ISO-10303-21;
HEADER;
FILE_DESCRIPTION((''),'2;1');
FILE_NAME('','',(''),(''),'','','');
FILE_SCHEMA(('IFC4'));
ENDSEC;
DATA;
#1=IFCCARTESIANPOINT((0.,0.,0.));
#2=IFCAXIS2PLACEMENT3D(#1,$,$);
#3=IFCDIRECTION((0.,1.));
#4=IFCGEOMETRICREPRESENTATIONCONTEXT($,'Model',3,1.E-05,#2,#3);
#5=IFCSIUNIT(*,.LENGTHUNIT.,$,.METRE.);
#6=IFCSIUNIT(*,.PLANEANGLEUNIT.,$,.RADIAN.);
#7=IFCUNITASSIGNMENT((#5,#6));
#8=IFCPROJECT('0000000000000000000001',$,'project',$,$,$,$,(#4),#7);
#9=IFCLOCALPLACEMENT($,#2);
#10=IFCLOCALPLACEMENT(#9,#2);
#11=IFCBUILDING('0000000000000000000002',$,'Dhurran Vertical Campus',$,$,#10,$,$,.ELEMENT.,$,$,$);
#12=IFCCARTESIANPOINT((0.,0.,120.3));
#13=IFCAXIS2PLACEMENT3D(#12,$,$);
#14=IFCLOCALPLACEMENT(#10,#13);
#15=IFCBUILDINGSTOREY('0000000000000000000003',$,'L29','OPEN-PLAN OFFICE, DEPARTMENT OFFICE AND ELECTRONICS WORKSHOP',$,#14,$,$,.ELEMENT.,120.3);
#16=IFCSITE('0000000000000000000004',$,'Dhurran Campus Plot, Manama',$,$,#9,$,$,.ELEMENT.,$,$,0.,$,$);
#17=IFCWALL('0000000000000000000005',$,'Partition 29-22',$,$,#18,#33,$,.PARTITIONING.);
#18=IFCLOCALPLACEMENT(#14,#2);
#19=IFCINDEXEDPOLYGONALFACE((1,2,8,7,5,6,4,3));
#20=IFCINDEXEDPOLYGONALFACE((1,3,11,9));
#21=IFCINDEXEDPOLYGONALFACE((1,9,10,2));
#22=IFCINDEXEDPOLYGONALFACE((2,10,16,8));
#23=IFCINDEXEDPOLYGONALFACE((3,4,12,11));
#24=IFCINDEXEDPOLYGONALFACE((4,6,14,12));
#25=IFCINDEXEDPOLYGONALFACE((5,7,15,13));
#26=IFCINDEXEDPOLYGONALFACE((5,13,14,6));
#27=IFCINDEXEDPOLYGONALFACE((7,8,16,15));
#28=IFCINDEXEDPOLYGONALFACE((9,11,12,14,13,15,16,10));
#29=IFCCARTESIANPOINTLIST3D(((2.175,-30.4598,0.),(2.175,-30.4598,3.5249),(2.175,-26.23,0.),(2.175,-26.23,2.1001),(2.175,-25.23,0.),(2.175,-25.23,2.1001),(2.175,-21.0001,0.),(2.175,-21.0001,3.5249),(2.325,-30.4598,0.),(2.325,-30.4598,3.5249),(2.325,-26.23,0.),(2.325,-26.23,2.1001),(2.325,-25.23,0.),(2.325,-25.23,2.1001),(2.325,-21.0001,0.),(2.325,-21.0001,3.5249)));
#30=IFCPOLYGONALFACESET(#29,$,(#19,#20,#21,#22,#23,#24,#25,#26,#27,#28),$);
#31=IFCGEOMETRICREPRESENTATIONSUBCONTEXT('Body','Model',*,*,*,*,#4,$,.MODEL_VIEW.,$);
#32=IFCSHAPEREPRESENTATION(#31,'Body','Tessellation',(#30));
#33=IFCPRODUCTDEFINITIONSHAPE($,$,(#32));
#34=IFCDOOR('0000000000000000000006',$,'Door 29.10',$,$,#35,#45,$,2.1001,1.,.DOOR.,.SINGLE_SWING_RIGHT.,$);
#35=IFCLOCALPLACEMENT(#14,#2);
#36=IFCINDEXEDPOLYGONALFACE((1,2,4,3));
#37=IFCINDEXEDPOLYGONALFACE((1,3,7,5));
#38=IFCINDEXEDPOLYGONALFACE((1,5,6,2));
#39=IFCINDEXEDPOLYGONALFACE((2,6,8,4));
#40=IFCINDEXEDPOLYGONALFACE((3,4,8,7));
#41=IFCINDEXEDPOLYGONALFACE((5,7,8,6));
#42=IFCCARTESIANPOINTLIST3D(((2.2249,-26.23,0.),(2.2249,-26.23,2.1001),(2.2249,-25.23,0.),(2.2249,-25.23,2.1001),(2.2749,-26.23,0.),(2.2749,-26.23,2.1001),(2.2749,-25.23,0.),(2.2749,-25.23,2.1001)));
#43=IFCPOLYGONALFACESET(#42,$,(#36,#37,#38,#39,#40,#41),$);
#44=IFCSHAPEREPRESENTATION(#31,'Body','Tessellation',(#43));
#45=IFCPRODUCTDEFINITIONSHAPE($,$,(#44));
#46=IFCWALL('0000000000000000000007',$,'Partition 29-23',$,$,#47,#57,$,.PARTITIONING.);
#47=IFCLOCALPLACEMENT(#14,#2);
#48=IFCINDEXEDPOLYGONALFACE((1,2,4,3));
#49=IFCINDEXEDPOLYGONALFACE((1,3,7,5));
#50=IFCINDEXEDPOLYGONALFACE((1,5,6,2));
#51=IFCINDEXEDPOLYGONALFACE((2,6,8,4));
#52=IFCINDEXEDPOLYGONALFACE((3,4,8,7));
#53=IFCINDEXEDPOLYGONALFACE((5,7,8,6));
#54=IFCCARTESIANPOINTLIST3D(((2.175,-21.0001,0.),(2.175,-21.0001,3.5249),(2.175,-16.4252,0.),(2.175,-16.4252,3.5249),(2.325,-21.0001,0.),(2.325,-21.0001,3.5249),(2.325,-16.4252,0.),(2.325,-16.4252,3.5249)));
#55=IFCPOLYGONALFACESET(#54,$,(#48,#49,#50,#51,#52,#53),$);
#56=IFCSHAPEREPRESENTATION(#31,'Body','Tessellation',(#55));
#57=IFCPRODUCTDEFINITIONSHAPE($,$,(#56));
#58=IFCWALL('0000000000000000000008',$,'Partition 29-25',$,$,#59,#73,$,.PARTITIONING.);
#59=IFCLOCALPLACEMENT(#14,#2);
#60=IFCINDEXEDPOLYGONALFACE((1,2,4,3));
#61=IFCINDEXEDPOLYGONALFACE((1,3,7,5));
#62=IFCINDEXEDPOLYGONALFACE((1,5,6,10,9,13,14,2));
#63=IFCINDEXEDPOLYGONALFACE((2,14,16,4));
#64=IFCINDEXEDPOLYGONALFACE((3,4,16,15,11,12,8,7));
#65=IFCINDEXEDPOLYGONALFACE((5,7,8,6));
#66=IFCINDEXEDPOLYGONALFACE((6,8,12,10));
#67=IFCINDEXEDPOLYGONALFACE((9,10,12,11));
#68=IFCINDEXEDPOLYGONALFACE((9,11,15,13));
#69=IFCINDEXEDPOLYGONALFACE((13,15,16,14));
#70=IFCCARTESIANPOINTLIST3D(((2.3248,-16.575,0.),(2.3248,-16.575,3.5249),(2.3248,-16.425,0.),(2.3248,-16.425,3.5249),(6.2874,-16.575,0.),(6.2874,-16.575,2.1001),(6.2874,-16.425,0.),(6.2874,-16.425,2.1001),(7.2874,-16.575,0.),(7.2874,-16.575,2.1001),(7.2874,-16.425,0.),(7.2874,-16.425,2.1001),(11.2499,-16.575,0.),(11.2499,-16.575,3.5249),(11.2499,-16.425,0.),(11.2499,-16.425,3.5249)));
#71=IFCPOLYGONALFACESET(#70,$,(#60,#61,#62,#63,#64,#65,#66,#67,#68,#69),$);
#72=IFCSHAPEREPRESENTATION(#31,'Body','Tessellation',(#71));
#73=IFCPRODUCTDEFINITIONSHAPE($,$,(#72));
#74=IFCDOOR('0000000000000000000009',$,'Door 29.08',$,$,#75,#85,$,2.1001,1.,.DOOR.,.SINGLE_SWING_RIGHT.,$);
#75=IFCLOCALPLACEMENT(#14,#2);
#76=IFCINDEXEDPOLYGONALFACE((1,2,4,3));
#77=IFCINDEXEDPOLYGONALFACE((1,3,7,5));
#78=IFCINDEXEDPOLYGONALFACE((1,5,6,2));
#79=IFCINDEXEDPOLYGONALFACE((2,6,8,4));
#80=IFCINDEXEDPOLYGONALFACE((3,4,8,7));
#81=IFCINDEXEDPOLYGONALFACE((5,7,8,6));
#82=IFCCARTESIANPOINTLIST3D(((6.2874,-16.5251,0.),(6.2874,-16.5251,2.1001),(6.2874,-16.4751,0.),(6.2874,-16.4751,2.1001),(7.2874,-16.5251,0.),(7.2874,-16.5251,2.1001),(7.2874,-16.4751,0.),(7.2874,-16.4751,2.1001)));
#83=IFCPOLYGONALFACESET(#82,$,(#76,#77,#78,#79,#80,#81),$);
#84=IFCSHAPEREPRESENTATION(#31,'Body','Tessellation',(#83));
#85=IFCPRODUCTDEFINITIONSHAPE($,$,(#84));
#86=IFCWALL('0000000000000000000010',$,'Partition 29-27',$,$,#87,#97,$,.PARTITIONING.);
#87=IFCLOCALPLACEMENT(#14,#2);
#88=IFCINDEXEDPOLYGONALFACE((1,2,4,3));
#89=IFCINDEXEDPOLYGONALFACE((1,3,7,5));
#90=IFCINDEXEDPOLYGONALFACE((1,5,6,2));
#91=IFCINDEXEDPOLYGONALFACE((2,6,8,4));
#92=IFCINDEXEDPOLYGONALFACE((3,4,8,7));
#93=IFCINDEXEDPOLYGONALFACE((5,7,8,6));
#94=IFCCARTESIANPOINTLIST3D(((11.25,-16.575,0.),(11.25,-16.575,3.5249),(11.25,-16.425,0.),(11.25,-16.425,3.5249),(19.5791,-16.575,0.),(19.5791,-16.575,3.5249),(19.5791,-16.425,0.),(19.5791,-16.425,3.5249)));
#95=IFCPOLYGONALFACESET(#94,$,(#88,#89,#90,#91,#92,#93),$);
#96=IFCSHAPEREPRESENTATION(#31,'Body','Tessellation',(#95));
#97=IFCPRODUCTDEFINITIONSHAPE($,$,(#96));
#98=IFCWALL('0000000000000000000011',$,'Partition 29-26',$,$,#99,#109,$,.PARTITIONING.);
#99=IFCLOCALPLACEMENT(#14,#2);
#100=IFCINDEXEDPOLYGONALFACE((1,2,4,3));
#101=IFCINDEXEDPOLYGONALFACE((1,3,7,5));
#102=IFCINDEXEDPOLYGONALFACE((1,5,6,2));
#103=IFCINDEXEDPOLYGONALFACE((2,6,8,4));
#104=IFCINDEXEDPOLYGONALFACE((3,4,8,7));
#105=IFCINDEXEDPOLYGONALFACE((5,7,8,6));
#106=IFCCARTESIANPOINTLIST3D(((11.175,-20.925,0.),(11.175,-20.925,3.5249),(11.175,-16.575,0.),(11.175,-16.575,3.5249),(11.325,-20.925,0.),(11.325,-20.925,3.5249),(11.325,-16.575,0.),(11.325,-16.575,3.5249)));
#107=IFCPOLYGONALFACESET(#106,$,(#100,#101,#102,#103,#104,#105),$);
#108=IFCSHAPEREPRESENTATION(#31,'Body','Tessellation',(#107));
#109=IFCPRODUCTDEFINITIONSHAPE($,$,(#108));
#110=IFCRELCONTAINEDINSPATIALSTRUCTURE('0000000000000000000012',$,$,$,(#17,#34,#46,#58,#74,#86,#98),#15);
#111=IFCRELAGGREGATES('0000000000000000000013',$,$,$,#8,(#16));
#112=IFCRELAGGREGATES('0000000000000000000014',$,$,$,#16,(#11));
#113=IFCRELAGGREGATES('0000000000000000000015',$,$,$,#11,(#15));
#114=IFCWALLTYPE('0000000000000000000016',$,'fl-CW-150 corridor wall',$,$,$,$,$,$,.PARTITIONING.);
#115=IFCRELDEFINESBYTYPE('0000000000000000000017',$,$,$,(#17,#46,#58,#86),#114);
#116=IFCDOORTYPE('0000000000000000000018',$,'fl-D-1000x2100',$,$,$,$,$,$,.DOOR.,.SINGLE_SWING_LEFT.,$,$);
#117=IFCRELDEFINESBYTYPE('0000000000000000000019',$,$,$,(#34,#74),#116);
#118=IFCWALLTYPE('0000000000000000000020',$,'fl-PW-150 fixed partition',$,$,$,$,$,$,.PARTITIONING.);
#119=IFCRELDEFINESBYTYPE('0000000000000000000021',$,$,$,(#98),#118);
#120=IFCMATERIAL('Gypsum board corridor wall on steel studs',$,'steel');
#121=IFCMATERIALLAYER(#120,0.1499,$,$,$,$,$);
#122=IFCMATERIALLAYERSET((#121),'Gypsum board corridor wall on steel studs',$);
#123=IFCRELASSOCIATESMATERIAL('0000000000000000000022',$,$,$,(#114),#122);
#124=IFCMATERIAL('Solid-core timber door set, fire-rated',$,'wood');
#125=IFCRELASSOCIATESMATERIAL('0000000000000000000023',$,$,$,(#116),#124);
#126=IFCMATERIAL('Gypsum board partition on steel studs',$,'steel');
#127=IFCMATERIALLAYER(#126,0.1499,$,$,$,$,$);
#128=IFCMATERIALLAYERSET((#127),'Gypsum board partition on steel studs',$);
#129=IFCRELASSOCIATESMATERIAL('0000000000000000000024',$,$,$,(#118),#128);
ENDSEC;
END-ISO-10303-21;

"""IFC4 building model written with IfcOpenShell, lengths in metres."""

from ifc_helpers import new_model, si_unit, direction, frame, frame_2d, origin, place, context, subcontext, project, spatial, rectangle, extrude, material, layer, layer_set, type_object, element, fill, save


model = new_model("IFC4")

# Units and contexts
model_context = context("Model", 3, precision=1e-05, world=origin(), true_north=direction((0.0, 1.0)))
body_context = subcontext(model_context, "Body", "Model", "MODEL_VIEW")
ifc_project = project(units=[si_unit("LENGTHUNIT", "METRE"), si_unit("PLANEANGLEUNIT", "RADIAN")], contexts=[model_context])

# Site, building, storey
site_placement = place(None, origin())
site = spatial("IfcSite", under=ifc_project, at=site_placement, Name="Dhurran Campus Plot, Manama", CompositionType="ELEMENT", RefElevation=0.0)
building_placement = place(site_placement, origin())
building = spatial("IfcBuilding", under=site, at=building_placement, Name="Dhurran Vertical Campus", CompositionType="ELEMENT")
storey_placement = place(building_placement, frame((0.0, 0.0, 120.3)))
storey = spatial("IfcBuildingStorey", under=building, at=storey_placement, Name="L29", Description="OPEN-PLAN OFFICE, DEPARTMENT OFFICE AND ELECTRONICS WORKSHOP", CompositionType="ELEMENT", Elevation=120.3)

# Wall, opening, door
ifc_material_1 = material(Name="Gypsum board corridor wall on steel studs", Category="steel")
ifc_layer_1 = layer(ifc_material_1, 0.1499)
ifc_layer_set_1 = layer_set([ifc_layer_1], Name="Gypsum board corridor wall on steel studs")
wall_type_1 = type_object("IfcWallType", Name="fl-CW-150 corridor wall", PredefinedType="PARTITIONING", material=ifc_layer_set_1)
wall_1_placement = place(storey_placement, frame((2.25, -21.0, 0.0), z_axis=(0.0, 0.0, 1.0), x_axis=(0.0, -1.0, 0.0)))
wall_1 = element("IfcWall", 1, at=wall_1_placement, inside=storey, type_object=wall_type_1, Name="Partition 29-22", PredefinedType="PARTITIONING", context=body_context, shape_type="SweptSolid", body=[
    extrude(rectangle(XDim=9.4597, YDim=0.1499, at=frame_2d((4.73, 0.0))), origin(), (0.0, 0.0, 1.0), 3.5249),
])
opening_1_placement = place(wall_1_placement, frame((4.23, 0.0, 0.0)))
opening_1 = element("IfcOpeningElement", 2, at=opening_1_placement, cuts=wall_1, PredefinedType="OPENING", context=body_context, shape_type="SweptSolid", body=[
    extrude(rectangle(XDim=1.0, YDim=2.1001, at=frame_2d((0.5, 1.05))), frame((0.0, 0.085, 0.0), z_axis=(0.0, -1.0, 0.0), x_axis=(1.0, 0.0, 0.0)), (0.0, 0.0, 1.0), 0.1699),
])
ifc_material_2 = material(Name="Solid-core timber door set, fire-rated", Category="wood")
door_type_1 = type_object("IfcDoorType", Name="fl-D-1000x2100", OperationType="SINGLE_SWING_LEFT", PredefinedType="DOOR", material=ifc_material_2)
door_1_placement = place(opening_1_placement, origin())
door_1 = element("IfcDoor", 3, at=door_1_placement, inside=storey, type_object=door_type_1, Name="Door 29.10", OperationType="SINGLE_SWING_RIGHT", OverallHeight=2.1001, OverallWidth=1.0, PredefinedType="DOOR", context=body_context, shape_type="SweptSolid", body=[
    extrude(rectangle(XDim=1.0, YDim=2.1001, at=frame_2d((0.5, 1.05))), frame((0.0, 0.0249, 0.0), z_axis=(0.0, -1.0, 0.0), x_axis=(1.0, 0.0, 0.0)), (0.0, 0.0, 1.0), 0.05),
])
fill(opening_1, door_1)

# Wall
wall_2_placement = place(storey_placement, frame((2.25, -16.425, 0.0), z_axis=(0.0, 0.0, 1.0), x_axis=(0.0, -1.0, 0.0)))
element("IfcWall", 4, at=wall_2_placement, inside=storey, type_object=wall_type_1, Name="Partition 29-23", PredefinedType="PARTITIONING", context=body_context, shape_type="SweptSolid", body=[
    extrude(rectangle(XDim=4.575, YDim=0.1499, at=frame_2d((2.2876, 0.0))), origin(), (0.0, 0.0, 1.0), 3.5249),
])

# Wall, opening, door
wall_3_placement = place(storey_placement, frame((2.325, -16.5, 0.0), z_axis=(0.0, 0.0, 1.0), x_axis=(1.0, 0.0, 0.0)))
wall_3 = element("IfcWall", 5, at=wall_3_placement, inside=storey, type_object=wall_type_1, Name="Partition 29-25", PredefinedType="PARTITIONING", context=body_context, shape_type="SweptSolid", body=[
    extrude(rectangle(XDim=8.925, YDim=0.1499, at=frame_2d((4.4624, 0.0))), origin(), (0.0, 0.0, 1.0), 3.5249),
])
opening_2_placement = place(wall_3_placement, frame((3.9624, 0.0, 0.0)))
opening_2 = element("IfcOpeningElement", 6, at=opening_2_placement, cuts=wall_3, PredefinedType="OPENING", context=body_context, shape_type="SweptSolid", body=[
    extrude(rectangle(XDim=1.0, YDim=2.1001, at=frame_2d((0.5, 1.05))), frame((0.0, 0.085, 0.0), z_axis=(0.0, -1.0, 0.0), x_axis=(1.0, 0.0, 0.0)), (0.0, 0.0, 1.0), 0.1699),
])
door_2_placement = place(opening_2_placement, origin())
door_2 = element("IfcDoor", 7, at=door_2_placement, inside=storey, type_object=door_type_1, Name="Door 29.08", OperationType="SINGLE_SWING_RIGHT", OverallHeight=2.1001, OverallWidth=1.0, PredefinedType="DOOR", context=body_context, shape_type="SweptSolid", body=[
    extrude(rectangle(XDim=1.0, YDim=2.1001, at=frame_2d((0.5, 1.05))), frame((0.0, 0.0249, 0.0), z_axis=(0.0, -1.0, 0.0), x_axis=(1.0, 0.0, 0.0)), (0.0, 0.0, 1.0), 0.05),
])
fill(opening_2, door_2)

# Walls
wall_4_placement = place(storey_placement, frame((11.25, -16.5, 0.0), z_axis=(0.0, 0.0, 1.0), x_axis=(1.0, 0.0, 0.0)))
element("IfcWall", 8, at=wall_4_placement, inside=storey, type_object=wall_type_1, Name="Partition 29-27", PredefinedType="PARTITIONING", context=body_context, shape_type="SweptSolid", body=[
    extrude(rectangle(XDim=8.3291, YDim=0.1499, at=frame_2d((4.1646, 0.0))), origin(), (0.0, 0.0, 1.0), 3.5249),
])
ifc_material_3 = material(Name="Gypsum board partition on steel studs", Category="steel")
ifc_layer_2 = layer(ifc_material_3, 0.1499)
ifc_layer_set_2 = layer_set([ifc_layer_2], Name="Gypsum board partition on steel studs")
wall_type_2 = type_object("IfcWallType", Name="fl-PW-150 fixed partition", PredefinedType="PARTITIONING", material=ifc_layer_set_2)
wall_5_placement = place(storey_placement, frame((11.25, -16.575, 0.0), z_axis=(0.0, 0.0, 1.0), x_axis=(0.0, -1.0, 0.0)))
element("IfcWall", 9, at=wall_5_placement, inside=storey, type_object=wall_type_2, Name="Partition 29-26", PredefinedType="PARTITIONING", context=body_context, shape_type="SweptSolid", body=[
    extrude(rectangle(XDim=4.3501, YDim=0.1499, at=frame_2d((2.175, 0.0))), origin(), (0.0, 0.0, 1.0), 3.5249),
])

save(model, "model.ifc")
